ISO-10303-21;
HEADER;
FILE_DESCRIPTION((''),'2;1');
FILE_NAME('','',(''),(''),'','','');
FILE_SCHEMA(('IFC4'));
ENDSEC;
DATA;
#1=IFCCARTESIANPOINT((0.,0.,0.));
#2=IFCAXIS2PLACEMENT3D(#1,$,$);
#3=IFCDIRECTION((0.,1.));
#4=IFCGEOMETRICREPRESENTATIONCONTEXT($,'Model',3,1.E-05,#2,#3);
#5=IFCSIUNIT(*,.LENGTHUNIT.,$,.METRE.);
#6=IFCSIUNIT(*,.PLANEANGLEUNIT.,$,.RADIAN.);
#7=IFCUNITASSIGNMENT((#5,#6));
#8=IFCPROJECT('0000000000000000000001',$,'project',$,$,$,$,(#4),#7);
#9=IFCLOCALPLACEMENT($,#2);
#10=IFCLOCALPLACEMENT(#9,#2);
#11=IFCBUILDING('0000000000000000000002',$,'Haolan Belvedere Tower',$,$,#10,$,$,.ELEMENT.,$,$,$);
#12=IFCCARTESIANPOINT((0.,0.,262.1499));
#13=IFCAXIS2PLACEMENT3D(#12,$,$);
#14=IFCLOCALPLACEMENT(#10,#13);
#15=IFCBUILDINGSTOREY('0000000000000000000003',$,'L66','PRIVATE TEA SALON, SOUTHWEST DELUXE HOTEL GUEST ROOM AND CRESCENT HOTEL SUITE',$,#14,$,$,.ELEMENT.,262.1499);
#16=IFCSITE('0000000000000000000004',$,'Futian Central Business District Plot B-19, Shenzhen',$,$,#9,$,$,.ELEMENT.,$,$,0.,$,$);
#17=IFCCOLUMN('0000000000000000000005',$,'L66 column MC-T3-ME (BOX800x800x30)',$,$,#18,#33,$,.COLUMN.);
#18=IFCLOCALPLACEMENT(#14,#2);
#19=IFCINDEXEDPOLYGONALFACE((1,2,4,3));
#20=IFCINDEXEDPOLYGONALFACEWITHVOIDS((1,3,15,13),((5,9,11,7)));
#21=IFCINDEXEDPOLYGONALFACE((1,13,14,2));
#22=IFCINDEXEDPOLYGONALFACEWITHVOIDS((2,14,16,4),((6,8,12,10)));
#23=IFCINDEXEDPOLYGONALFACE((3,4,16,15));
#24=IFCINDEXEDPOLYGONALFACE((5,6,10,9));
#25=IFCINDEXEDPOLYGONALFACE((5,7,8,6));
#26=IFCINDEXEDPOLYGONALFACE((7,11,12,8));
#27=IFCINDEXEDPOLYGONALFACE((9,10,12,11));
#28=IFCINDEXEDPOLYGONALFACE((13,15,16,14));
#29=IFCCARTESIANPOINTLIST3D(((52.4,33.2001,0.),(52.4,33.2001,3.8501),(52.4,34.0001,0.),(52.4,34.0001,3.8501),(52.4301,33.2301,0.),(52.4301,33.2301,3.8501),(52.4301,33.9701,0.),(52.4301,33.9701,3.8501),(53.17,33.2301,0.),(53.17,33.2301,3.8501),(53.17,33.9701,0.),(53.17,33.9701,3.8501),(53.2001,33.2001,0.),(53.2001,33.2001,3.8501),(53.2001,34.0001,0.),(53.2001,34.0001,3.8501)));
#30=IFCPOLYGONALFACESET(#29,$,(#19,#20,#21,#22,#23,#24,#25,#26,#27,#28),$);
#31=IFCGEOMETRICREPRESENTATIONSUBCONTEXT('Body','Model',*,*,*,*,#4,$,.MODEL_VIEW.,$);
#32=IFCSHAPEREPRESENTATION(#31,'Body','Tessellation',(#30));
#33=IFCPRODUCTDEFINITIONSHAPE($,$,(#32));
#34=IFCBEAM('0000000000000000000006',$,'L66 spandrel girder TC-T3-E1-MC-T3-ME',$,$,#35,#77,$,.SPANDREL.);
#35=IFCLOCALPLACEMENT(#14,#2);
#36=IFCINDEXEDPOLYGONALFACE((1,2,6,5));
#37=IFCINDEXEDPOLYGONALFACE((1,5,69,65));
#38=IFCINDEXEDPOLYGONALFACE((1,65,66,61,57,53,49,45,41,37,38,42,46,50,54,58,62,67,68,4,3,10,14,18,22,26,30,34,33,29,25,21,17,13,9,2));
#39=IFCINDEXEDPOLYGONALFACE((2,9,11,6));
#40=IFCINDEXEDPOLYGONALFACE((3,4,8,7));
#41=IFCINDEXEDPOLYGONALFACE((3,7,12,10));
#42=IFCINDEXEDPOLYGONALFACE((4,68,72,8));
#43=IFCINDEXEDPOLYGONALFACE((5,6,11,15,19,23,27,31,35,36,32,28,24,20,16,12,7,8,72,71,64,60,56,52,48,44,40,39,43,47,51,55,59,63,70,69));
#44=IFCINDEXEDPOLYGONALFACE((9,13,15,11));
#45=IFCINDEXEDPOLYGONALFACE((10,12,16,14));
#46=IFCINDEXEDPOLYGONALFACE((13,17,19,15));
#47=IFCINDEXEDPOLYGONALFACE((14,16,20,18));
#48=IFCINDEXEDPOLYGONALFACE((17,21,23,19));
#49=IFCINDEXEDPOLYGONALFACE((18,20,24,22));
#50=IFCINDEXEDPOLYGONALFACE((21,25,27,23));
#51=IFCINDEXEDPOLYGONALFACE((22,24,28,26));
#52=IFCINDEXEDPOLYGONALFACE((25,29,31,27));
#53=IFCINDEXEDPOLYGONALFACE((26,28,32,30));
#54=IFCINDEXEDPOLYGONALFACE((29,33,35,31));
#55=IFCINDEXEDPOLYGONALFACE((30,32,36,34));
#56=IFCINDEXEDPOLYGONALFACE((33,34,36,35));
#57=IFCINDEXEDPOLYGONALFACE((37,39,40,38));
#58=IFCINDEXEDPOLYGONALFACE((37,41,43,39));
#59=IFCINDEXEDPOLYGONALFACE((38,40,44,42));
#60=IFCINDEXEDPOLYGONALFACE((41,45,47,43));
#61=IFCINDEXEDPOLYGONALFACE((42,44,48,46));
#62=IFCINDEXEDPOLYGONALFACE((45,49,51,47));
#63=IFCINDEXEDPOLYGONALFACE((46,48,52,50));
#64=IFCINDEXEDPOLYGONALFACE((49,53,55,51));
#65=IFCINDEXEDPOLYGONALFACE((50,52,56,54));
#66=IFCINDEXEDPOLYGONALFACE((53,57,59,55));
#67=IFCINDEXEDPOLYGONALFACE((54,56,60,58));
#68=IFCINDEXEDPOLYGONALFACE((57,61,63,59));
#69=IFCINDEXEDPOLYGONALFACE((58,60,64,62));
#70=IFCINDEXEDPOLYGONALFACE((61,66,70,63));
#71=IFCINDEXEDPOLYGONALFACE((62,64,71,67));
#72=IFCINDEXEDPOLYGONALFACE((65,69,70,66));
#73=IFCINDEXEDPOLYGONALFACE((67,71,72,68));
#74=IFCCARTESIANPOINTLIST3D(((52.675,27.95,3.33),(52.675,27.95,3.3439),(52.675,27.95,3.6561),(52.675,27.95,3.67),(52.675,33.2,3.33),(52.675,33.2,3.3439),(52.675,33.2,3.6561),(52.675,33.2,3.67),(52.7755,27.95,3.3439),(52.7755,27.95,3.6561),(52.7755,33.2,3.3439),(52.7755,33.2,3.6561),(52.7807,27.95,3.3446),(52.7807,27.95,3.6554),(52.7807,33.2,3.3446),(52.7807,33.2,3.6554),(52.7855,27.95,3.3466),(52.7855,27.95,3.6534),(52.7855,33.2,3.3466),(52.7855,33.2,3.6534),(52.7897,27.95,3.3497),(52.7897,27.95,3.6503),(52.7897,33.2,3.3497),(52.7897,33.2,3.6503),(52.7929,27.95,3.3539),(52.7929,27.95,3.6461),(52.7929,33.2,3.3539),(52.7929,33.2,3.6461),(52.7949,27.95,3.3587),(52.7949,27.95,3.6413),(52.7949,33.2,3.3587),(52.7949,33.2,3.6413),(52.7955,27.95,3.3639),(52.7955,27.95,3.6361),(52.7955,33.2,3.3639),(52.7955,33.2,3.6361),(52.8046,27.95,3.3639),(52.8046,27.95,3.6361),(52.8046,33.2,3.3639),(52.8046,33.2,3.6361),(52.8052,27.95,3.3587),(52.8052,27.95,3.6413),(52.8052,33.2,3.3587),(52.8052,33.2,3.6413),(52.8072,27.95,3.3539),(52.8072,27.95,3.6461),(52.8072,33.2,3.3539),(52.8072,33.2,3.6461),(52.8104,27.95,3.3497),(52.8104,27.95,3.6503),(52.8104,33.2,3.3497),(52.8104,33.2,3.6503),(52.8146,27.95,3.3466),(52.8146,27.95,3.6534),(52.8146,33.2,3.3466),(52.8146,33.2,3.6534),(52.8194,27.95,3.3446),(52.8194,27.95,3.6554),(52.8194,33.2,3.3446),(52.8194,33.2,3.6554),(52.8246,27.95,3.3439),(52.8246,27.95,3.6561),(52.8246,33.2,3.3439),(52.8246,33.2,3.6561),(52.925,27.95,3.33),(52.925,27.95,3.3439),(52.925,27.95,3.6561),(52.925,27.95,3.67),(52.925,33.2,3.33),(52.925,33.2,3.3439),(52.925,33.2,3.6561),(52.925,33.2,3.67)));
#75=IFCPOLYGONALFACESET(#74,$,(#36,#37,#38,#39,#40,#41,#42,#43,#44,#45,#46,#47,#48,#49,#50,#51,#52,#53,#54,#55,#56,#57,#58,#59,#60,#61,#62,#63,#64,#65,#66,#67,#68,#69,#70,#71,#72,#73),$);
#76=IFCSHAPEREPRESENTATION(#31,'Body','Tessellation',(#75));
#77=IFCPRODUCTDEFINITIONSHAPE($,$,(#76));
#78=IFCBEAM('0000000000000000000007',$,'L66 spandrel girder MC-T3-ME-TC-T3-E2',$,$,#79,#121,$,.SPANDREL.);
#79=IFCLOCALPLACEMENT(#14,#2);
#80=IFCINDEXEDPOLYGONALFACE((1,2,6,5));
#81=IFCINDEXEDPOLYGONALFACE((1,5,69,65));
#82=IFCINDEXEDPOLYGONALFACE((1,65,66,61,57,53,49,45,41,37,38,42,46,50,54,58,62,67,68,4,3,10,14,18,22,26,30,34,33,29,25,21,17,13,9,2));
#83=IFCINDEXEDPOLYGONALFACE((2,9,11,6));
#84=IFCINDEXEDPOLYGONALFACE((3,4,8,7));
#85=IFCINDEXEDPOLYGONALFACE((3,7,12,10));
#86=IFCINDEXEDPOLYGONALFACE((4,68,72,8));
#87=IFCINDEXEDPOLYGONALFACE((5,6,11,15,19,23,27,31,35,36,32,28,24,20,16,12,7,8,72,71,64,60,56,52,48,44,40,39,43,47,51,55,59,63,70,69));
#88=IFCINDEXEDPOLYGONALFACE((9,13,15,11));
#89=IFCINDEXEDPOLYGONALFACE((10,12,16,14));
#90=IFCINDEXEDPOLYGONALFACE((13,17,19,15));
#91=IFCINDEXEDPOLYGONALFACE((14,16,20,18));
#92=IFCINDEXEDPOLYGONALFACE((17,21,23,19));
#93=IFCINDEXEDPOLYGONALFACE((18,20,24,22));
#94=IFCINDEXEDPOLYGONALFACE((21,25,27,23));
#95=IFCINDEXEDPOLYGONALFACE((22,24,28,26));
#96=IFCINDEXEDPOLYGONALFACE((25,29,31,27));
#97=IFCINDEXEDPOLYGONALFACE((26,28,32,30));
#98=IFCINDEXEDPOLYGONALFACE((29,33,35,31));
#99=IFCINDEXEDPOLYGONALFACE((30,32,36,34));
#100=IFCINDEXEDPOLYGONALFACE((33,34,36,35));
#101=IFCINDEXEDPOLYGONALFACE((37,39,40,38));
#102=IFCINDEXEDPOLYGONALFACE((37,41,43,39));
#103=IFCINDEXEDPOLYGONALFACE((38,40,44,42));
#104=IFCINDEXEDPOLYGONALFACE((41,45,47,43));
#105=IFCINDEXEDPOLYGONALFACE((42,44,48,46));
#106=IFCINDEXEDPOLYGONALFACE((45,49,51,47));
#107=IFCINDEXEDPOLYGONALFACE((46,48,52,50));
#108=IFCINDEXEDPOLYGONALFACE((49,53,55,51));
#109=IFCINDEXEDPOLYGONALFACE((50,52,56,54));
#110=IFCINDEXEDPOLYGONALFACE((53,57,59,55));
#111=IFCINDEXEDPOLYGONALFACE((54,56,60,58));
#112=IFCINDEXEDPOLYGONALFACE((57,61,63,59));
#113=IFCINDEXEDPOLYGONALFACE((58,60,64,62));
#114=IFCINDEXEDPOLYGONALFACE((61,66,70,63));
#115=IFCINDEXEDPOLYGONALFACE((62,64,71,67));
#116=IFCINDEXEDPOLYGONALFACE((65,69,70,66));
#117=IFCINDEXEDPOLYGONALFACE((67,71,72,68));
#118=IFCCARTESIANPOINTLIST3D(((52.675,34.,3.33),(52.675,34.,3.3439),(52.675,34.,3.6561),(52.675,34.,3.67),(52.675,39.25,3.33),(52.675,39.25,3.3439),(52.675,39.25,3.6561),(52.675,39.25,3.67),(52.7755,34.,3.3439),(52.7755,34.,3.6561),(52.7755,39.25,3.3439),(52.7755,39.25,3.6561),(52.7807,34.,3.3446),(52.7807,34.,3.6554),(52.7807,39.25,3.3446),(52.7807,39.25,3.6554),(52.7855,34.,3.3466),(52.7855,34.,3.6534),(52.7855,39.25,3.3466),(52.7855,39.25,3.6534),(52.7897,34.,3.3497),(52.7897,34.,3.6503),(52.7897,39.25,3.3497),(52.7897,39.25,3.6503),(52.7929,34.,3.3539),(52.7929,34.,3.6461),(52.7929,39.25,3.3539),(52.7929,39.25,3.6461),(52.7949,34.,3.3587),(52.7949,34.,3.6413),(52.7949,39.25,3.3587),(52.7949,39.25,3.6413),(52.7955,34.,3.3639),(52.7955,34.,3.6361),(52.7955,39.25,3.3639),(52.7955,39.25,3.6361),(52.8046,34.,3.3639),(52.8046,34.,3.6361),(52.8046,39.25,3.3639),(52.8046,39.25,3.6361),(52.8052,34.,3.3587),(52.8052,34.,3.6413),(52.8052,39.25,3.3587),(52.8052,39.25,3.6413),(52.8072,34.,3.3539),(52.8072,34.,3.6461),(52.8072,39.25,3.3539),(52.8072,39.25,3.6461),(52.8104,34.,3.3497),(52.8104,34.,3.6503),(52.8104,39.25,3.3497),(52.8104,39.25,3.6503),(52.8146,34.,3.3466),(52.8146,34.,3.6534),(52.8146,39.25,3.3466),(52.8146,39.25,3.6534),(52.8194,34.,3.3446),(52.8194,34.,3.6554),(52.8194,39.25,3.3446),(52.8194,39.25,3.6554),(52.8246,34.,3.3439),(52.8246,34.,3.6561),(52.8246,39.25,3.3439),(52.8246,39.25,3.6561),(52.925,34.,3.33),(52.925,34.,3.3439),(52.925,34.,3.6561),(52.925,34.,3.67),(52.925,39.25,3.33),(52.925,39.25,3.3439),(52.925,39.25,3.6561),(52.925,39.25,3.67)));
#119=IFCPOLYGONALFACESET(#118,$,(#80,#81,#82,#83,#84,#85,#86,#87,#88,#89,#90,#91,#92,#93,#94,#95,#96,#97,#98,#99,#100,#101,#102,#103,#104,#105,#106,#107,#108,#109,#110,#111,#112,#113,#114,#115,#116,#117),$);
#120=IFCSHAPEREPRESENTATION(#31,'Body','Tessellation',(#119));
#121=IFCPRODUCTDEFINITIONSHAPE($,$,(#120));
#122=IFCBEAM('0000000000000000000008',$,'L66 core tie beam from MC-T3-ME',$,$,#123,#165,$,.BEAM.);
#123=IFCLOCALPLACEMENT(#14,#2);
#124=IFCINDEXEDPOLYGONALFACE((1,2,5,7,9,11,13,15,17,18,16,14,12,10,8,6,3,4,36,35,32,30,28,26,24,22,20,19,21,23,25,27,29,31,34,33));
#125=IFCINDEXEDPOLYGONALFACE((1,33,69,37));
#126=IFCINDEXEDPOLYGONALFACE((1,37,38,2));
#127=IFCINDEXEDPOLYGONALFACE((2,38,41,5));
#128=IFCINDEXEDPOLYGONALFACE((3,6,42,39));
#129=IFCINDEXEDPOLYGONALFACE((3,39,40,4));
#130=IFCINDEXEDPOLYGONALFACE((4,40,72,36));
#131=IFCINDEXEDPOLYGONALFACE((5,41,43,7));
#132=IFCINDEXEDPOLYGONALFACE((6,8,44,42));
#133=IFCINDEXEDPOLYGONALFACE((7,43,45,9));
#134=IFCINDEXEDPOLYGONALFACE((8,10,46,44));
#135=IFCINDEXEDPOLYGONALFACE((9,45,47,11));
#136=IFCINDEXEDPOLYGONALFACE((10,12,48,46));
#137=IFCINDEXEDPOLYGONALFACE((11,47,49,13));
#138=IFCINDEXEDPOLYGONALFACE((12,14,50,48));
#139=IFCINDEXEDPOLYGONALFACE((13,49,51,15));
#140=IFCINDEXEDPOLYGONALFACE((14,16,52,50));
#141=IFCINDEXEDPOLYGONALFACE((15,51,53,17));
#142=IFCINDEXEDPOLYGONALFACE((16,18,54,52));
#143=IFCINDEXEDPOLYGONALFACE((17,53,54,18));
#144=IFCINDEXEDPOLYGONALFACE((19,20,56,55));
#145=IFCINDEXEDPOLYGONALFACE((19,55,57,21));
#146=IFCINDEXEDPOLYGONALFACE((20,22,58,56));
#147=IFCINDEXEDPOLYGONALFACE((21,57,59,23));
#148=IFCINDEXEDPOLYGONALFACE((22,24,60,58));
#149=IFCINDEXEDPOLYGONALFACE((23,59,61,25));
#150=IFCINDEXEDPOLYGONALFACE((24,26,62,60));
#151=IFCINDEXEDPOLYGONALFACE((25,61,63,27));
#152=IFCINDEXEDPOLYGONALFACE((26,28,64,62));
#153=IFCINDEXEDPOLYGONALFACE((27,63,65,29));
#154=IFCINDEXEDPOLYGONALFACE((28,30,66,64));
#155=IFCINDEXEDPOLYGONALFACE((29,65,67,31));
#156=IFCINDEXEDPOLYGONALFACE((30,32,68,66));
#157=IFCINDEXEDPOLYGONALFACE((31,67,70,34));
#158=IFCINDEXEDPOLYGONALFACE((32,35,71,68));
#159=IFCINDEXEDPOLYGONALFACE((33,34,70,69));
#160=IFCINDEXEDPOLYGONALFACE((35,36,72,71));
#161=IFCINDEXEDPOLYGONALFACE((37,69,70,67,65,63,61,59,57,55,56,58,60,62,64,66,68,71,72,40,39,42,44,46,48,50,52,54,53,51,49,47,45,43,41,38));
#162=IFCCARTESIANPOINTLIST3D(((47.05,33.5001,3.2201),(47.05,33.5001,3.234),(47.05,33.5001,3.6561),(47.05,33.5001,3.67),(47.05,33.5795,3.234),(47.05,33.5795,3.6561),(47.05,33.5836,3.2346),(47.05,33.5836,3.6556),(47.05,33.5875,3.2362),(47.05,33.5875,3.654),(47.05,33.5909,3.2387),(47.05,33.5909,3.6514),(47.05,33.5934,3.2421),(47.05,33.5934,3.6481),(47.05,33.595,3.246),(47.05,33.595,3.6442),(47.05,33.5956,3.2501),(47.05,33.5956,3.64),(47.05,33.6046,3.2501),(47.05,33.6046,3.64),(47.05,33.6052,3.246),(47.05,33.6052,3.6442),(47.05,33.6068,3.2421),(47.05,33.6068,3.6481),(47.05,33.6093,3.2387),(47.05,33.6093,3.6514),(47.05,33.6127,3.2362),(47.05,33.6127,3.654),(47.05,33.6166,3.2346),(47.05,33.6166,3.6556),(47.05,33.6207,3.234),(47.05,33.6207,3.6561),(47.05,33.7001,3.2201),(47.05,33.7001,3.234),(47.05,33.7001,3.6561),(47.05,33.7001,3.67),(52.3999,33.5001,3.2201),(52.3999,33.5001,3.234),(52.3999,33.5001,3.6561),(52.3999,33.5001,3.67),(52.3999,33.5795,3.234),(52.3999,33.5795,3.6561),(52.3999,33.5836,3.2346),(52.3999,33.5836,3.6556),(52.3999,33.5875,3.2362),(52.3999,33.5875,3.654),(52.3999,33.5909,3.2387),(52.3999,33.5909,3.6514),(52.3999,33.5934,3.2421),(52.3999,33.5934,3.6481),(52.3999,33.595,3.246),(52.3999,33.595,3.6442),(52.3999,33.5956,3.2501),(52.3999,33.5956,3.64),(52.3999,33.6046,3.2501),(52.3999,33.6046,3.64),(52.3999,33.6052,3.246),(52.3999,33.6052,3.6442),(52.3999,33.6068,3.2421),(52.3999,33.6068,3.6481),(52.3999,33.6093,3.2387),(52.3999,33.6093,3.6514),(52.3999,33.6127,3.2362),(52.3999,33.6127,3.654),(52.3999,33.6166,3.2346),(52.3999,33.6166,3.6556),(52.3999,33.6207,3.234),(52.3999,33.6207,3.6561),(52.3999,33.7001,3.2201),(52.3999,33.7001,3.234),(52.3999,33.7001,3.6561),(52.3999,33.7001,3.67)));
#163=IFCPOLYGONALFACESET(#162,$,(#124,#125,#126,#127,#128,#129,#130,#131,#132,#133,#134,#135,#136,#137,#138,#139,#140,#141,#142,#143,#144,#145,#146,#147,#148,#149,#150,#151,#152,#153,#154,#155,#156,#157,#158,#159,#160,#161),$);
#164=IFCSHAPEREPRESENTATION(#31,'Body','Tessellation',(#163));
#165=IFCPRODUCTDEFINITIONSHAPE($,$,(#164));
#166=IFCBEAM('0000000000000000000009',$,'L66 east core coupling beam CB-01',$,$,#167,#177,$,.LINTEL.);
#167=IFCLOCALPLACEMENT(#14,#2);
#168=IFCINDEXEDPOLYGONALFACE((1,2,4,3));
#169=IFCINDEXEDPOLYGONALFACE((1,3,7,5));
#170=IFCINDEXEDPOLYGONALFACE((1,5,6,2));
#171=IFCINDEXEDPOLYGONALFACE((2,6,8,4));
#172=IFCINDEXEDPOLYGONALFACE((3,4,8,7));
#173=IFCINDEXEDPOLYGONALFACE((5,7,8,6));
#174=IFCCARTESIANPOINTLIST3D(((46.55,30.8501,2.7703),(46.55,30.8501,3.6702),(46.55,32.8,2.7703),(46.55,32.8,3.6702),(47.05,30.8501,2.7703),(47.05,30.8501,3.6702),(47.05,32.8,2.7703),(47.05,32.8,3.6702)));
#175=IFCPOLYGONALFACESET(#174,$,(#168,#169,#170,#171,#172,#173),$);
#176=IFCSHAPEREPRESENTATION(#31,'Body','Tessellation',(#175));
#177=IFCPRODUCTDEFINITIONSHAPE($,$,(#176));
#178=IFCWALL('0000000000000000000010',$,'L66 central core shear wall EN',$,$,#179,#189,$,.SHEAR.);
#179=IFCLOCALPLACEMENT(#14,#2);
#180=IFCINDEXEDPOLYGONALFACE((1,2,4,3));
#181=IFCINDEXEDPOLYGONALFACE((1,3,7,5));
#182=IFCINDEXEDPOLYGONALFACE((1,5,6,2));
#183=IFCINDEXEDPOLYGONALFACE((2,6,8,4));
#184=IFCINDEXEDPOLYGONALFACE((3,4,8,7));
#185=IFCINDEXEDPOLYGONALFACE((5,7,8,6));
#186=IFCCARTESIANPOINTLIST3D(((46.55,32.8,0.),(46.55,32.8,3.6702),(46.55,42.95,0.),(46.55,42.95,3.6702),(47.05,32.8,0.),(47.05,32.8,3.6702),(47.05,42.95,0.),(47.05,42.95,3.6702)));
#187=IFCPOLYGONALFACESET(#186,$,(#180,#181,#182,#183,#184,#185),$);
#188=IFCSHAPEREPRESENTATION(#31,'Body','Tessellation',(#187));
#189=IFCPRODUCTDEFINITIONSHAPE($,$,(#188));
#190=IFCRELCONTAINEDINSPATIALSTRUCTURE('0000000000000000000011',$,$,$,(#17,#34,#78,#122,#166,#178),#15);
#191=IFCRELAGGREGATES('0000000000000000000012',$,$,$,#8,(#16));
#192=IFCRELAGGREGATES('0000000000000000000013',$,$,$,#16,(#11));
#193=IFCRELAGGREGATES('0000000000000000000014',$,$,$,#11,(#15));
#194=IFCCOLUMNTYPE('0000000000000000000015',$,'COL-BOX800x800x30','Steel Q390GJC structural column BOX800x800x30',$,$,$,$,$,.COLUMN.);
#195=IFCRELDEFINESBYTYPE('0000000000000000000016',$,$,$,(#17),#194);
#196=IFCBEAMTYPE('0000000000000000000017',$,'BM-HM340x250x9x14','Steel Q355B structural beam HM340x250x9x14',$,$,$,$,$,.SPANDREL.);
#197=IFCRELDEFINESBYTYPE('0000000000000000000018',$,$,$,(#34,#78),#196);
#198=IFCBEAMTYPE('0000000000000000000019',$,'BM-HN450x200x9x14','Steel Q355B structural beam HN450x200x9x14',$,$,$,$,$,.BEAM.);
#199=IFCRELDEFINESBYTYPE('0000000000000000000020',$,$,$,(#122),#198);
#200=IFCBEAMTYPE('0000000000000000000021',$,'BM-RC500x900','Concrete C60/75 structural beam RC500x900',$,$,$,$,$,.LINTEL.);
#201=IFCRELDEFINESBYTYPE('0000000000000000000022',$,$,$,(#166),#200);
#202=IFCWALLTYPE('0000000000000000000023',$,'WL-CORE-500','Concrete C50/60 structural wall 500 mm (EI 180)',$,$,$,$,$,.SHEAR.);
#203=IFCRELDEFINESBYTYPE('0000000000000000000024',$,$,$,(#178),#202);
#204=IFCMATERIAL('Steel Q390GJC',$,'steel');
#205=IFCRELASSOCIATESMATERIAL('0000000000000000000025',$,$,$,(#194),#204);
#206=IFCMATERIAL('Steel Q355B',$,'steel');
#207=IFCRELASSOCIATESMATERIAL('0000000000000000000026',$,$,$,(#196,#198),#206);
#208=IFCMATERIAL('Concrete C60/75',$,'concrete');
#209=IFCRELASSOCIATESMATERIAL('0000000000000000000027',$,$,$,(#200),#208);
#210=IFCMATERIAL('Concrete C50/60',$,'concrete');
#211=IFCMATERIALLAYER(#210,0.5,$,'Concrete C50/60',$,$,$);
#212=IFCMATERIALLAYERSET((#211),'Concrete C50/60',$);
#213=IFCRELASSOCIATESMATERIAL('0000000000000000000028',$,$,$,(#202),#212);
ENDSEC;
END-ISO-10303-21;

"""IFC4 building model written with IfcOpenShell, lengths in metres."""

from ifc_helpers import new_model, si_unit, direction, frame, frame_2d, origin, origin_2d, place, context, subcontext, project, spatial, rectangle, hollow_rectangle, i_section, extrude, material, layer, layer_set, material_profile, profile_set, type_object, element, save


model = new_model("IFC4")

# Units and contexts
model_context = context("Model", 3, precision=1e-05, world=origin(), true_north=direction((0.0, 1.0)))
body_context = subcontext(model_context, "Body", "Model", "MODEL_VIEW")
ifc_project = project(units=[si_unit("LENGTHUNIT", "METRE"), si_unit("PLANEANGLEUNIT", "RADIAN")], contexts=[model_context])

# Site, building, storey
site_placement = place(None, origin())
site = spatial("IfcSite", under=ifc_project, at=site_placement, Name="Futian Central Business District Plot B-19, Shenzhen", CompositionType="ELEMENT", RefElevation=0.0)
building_placement = place(site_placement, origin())
building = spatial("IfcBuilding", under=site, at=building_placement, Name="Haolan Belvedere Tower", CompositionType="ELEMENT")
storey_placement = place(building_placement, frame((0.0, 0.0, 262.1499)))
storey = spatial("IfcBuildingStorey", under=building, at=storey_placement, Name="L66", Description="PRIVATE TEA SALON, SOUTHWEST DELUXE HOTEL GUEST ROOM AND CRESCENT HOTEL SUITE", CompositionType="ELEMENT", Elevation=262.1499)

# Column
ifc_material_1 = material(Name="Steel Q390GJC", Category="steel")
ifc_material_profile_1 = material_profile(ifc_material_1, hollow_rectangle(XDim=0.8, YDim=0.8, WallThickness=0.03, at=origin_2d()), Name="Steel Q390GJC")
ifc_profile_set_1 = profile_set([ifc_material_profile_1], Name="Steel Q390GJC")
column_type = type_object("IfcColumnType", Name="COL-BOX800x800x30", Description="Steel Q390GJC structural column BOX800x800x30", PredefinedType="COLUMN", material=ifc_profile_set_1)
column_placement = place(storey_placement, frame((52.8, 33.6001, 0.0), z_axis=(0.0, 0.0, 1.0), x_axis=(1.0, 0.0, 0.0)))
element("IfcColumn", 1, at=column_placement, inside=storey, type_object=column_type, Name="L66 column MC-T3-ME (BOX800x800x30)", PredefinedType="COLUMN", context=body_context, shape_type="SweptSolid", body=[
    extrude(hollow_rectangle(XDim=0.8, YDim=0.8, WallThickness=0.03, at=origin_2d()), origin(), (0.0, 0.0, 1.0), 3.8501),
])

# Beams
ifc_material_2 = material(Name="Steel Q355B", Category="steel")
ifc_material_profile_2 = material_profile(ifc_material_2, i_section(OverallWidth=0.25, OverallDepth=0.3401, WebThickness=0.009, FlangeThickness=0.0139, FilletRadius=0.02, at=origin_2d()), Name="Steel Q355B")
ifc_profile_set_2 = profile_set([ifc_material_profile_2], Name="Steel Q355B")
beam_type_1 = type_object("IfcBeamType", Name="BM-HM340x250x9x14", Description="Steel Q355B structural beam HM340x250x9x14", PredefinedType="SPANDREL", material=ifc_profile_set_2)
for number, where, z_axis, x_axis, name in (
    (2, (52.8, 27.95, 3.5), (0.0, 1.0, 0.0), (-1.0, 0.0, 0.0), "L66 spandrel girder TC-T3-E1-MC-T3-ME"),
    (3, (52.8, 34.0, 3.5), (0.0, 1.0, 0.0), (-1.0, 0.0, 0.0), "L66 spandrel girder MC-T3-ME-TC-T3-E2"),
):
    element("IfcBeam", number, at=place(storey_placement, frame(where, z_axis=z_axis, x_axis=x_axis)), inside=storey, type_object=beam_type_1, Name=name, PredefinedType="SPANDREL", context=body_context, shape_type="SweptSolid", body=[
        extrude(i_section(OverallWidth=0.25, OverallDepth=0.3401, WebThickness=0.009, FlangeThickness=0.0139, FilletRadius=0.02, at=origin_2d()), origin(), (0.0, 0.0, 1.0), 5.25),
    ])
ifc_material_profile_3 = material_profile(ifc_material_2, i_section(OverallWidth=0.2, OverallDepth=0.45, WebThickness=0.009, FlangeThickness=0.0139, FilletRadius=0.0161, at=origin_2d()), Name="Steel Q355B")
ifc_profile_set_3 = profile_set([ifc_material_profile_3], Name="Steel Q355B")
beam_type_2 = type_object("IfcBeamType", Name="BM-HN450x200x9x14", Description="Steel Q355B structural beam HN450x200x9x14", PredefinedType="BEAM", material=ifc_profile_set_3)
beam_1_placement = place(storey_placement, frame((52.3999, 33.6001, 3.4451), z_axis=(-1.0, 0.0, 0.0), x_axis=(0.0, -1.0, 0.0)))
element("IfcBeam", 4, at=beam_1_placement, inside=storey, type_object=beam_type_2, Name="L66 core tie beam from MC-T3-ME", PredefinedType="BEAM", context=body_context, shape_type="SweptSolid", body=[
    extrude(i_section(OverallWidth=0.2, OverallDepth=0.45, WebThickness=0.009, FlangeThickness=0.0139, FilletRadius=0.0161, at=origin_2d()), origin(), (0.0, 0.0, 1.0), 5.3499),
])
ifc_material_3 = material(Name="Concrete C60/75", Category="concrete")
ifc_material_profile_4 = material_profile(ifc_material_3, rectangle(XDim=0.5, YDim=0.8999, at=origin_2d()), Name="Concrete C60/75")
ifc_profile_set_4 = profile_set([ifc_material_profile_4], Name="Concrete C60/75")
beam_type_3 = type_object("IfcBeamType", Name="BM-RC500x900", Description="Concrete C60/75 structural beam RC500x900", PredefinedType="LINTEL", material=ifc_profile_set_4)
beam_2_placement = place(storey_placement, frame((46.8, 30.8501, 3.2202), z_axis=(0.0, 1.0, 0.0), x_axis=(-1.0, 0.0, 0.0)))
element("IfcBeam", 5, at=beam_2_placement, inside=storey, type_object=beam_type_3, Name="L66 east core coupling beam CB-01", PredefinedType="LINTEL", context=body_context, shape_type="SweptSolid", body=[
    extrude(rectangle(XDim=0.5, YDim=0.8999, at=origin_2d()), origin(), (0.0, 0.0, 1.0), 1.95),
])

# Wall
ifc_material_4 = material(Name="Concrete C50/60", Category="concrete")
ifc_layer_1 = layer(ifc_material_4, 0.5, Name="Concrete C50/60")
ifc_layer_set_1 = layer_set([ifc_layer_1], Name="Concrete C50/60")
wall_type_1 = type_object("IfcWallType", Name="WL-CORE-500", Description="Concrete C50/60 structural wall 500 mm (EI 180)", PredefinedType="SHEAR", material=ifc_layer_set_1)
wall_1_placement = place(storey_placement, frame((46.8, 32.8, 0.0), z_axis=(0.0, 0.0, 1.0), x_axis=(0.0, 1.0, 0.0)))
element("IfcWall", 6, at=wall_1_placement, inside=storey, type_object=wall_type_1, Name="L66 central core shear wall EN", PredefinedType="SHEAR", context=body_context, shape_type="SweptSolid", body=[
    extrude(rectangle(XDim=10.1499, YDim=0.5, at=frame_2d((5.075, 0.0))), origin(), (0.0, 0.0, 1.0), 3.6702),
])

save(model, "model.ifc")
